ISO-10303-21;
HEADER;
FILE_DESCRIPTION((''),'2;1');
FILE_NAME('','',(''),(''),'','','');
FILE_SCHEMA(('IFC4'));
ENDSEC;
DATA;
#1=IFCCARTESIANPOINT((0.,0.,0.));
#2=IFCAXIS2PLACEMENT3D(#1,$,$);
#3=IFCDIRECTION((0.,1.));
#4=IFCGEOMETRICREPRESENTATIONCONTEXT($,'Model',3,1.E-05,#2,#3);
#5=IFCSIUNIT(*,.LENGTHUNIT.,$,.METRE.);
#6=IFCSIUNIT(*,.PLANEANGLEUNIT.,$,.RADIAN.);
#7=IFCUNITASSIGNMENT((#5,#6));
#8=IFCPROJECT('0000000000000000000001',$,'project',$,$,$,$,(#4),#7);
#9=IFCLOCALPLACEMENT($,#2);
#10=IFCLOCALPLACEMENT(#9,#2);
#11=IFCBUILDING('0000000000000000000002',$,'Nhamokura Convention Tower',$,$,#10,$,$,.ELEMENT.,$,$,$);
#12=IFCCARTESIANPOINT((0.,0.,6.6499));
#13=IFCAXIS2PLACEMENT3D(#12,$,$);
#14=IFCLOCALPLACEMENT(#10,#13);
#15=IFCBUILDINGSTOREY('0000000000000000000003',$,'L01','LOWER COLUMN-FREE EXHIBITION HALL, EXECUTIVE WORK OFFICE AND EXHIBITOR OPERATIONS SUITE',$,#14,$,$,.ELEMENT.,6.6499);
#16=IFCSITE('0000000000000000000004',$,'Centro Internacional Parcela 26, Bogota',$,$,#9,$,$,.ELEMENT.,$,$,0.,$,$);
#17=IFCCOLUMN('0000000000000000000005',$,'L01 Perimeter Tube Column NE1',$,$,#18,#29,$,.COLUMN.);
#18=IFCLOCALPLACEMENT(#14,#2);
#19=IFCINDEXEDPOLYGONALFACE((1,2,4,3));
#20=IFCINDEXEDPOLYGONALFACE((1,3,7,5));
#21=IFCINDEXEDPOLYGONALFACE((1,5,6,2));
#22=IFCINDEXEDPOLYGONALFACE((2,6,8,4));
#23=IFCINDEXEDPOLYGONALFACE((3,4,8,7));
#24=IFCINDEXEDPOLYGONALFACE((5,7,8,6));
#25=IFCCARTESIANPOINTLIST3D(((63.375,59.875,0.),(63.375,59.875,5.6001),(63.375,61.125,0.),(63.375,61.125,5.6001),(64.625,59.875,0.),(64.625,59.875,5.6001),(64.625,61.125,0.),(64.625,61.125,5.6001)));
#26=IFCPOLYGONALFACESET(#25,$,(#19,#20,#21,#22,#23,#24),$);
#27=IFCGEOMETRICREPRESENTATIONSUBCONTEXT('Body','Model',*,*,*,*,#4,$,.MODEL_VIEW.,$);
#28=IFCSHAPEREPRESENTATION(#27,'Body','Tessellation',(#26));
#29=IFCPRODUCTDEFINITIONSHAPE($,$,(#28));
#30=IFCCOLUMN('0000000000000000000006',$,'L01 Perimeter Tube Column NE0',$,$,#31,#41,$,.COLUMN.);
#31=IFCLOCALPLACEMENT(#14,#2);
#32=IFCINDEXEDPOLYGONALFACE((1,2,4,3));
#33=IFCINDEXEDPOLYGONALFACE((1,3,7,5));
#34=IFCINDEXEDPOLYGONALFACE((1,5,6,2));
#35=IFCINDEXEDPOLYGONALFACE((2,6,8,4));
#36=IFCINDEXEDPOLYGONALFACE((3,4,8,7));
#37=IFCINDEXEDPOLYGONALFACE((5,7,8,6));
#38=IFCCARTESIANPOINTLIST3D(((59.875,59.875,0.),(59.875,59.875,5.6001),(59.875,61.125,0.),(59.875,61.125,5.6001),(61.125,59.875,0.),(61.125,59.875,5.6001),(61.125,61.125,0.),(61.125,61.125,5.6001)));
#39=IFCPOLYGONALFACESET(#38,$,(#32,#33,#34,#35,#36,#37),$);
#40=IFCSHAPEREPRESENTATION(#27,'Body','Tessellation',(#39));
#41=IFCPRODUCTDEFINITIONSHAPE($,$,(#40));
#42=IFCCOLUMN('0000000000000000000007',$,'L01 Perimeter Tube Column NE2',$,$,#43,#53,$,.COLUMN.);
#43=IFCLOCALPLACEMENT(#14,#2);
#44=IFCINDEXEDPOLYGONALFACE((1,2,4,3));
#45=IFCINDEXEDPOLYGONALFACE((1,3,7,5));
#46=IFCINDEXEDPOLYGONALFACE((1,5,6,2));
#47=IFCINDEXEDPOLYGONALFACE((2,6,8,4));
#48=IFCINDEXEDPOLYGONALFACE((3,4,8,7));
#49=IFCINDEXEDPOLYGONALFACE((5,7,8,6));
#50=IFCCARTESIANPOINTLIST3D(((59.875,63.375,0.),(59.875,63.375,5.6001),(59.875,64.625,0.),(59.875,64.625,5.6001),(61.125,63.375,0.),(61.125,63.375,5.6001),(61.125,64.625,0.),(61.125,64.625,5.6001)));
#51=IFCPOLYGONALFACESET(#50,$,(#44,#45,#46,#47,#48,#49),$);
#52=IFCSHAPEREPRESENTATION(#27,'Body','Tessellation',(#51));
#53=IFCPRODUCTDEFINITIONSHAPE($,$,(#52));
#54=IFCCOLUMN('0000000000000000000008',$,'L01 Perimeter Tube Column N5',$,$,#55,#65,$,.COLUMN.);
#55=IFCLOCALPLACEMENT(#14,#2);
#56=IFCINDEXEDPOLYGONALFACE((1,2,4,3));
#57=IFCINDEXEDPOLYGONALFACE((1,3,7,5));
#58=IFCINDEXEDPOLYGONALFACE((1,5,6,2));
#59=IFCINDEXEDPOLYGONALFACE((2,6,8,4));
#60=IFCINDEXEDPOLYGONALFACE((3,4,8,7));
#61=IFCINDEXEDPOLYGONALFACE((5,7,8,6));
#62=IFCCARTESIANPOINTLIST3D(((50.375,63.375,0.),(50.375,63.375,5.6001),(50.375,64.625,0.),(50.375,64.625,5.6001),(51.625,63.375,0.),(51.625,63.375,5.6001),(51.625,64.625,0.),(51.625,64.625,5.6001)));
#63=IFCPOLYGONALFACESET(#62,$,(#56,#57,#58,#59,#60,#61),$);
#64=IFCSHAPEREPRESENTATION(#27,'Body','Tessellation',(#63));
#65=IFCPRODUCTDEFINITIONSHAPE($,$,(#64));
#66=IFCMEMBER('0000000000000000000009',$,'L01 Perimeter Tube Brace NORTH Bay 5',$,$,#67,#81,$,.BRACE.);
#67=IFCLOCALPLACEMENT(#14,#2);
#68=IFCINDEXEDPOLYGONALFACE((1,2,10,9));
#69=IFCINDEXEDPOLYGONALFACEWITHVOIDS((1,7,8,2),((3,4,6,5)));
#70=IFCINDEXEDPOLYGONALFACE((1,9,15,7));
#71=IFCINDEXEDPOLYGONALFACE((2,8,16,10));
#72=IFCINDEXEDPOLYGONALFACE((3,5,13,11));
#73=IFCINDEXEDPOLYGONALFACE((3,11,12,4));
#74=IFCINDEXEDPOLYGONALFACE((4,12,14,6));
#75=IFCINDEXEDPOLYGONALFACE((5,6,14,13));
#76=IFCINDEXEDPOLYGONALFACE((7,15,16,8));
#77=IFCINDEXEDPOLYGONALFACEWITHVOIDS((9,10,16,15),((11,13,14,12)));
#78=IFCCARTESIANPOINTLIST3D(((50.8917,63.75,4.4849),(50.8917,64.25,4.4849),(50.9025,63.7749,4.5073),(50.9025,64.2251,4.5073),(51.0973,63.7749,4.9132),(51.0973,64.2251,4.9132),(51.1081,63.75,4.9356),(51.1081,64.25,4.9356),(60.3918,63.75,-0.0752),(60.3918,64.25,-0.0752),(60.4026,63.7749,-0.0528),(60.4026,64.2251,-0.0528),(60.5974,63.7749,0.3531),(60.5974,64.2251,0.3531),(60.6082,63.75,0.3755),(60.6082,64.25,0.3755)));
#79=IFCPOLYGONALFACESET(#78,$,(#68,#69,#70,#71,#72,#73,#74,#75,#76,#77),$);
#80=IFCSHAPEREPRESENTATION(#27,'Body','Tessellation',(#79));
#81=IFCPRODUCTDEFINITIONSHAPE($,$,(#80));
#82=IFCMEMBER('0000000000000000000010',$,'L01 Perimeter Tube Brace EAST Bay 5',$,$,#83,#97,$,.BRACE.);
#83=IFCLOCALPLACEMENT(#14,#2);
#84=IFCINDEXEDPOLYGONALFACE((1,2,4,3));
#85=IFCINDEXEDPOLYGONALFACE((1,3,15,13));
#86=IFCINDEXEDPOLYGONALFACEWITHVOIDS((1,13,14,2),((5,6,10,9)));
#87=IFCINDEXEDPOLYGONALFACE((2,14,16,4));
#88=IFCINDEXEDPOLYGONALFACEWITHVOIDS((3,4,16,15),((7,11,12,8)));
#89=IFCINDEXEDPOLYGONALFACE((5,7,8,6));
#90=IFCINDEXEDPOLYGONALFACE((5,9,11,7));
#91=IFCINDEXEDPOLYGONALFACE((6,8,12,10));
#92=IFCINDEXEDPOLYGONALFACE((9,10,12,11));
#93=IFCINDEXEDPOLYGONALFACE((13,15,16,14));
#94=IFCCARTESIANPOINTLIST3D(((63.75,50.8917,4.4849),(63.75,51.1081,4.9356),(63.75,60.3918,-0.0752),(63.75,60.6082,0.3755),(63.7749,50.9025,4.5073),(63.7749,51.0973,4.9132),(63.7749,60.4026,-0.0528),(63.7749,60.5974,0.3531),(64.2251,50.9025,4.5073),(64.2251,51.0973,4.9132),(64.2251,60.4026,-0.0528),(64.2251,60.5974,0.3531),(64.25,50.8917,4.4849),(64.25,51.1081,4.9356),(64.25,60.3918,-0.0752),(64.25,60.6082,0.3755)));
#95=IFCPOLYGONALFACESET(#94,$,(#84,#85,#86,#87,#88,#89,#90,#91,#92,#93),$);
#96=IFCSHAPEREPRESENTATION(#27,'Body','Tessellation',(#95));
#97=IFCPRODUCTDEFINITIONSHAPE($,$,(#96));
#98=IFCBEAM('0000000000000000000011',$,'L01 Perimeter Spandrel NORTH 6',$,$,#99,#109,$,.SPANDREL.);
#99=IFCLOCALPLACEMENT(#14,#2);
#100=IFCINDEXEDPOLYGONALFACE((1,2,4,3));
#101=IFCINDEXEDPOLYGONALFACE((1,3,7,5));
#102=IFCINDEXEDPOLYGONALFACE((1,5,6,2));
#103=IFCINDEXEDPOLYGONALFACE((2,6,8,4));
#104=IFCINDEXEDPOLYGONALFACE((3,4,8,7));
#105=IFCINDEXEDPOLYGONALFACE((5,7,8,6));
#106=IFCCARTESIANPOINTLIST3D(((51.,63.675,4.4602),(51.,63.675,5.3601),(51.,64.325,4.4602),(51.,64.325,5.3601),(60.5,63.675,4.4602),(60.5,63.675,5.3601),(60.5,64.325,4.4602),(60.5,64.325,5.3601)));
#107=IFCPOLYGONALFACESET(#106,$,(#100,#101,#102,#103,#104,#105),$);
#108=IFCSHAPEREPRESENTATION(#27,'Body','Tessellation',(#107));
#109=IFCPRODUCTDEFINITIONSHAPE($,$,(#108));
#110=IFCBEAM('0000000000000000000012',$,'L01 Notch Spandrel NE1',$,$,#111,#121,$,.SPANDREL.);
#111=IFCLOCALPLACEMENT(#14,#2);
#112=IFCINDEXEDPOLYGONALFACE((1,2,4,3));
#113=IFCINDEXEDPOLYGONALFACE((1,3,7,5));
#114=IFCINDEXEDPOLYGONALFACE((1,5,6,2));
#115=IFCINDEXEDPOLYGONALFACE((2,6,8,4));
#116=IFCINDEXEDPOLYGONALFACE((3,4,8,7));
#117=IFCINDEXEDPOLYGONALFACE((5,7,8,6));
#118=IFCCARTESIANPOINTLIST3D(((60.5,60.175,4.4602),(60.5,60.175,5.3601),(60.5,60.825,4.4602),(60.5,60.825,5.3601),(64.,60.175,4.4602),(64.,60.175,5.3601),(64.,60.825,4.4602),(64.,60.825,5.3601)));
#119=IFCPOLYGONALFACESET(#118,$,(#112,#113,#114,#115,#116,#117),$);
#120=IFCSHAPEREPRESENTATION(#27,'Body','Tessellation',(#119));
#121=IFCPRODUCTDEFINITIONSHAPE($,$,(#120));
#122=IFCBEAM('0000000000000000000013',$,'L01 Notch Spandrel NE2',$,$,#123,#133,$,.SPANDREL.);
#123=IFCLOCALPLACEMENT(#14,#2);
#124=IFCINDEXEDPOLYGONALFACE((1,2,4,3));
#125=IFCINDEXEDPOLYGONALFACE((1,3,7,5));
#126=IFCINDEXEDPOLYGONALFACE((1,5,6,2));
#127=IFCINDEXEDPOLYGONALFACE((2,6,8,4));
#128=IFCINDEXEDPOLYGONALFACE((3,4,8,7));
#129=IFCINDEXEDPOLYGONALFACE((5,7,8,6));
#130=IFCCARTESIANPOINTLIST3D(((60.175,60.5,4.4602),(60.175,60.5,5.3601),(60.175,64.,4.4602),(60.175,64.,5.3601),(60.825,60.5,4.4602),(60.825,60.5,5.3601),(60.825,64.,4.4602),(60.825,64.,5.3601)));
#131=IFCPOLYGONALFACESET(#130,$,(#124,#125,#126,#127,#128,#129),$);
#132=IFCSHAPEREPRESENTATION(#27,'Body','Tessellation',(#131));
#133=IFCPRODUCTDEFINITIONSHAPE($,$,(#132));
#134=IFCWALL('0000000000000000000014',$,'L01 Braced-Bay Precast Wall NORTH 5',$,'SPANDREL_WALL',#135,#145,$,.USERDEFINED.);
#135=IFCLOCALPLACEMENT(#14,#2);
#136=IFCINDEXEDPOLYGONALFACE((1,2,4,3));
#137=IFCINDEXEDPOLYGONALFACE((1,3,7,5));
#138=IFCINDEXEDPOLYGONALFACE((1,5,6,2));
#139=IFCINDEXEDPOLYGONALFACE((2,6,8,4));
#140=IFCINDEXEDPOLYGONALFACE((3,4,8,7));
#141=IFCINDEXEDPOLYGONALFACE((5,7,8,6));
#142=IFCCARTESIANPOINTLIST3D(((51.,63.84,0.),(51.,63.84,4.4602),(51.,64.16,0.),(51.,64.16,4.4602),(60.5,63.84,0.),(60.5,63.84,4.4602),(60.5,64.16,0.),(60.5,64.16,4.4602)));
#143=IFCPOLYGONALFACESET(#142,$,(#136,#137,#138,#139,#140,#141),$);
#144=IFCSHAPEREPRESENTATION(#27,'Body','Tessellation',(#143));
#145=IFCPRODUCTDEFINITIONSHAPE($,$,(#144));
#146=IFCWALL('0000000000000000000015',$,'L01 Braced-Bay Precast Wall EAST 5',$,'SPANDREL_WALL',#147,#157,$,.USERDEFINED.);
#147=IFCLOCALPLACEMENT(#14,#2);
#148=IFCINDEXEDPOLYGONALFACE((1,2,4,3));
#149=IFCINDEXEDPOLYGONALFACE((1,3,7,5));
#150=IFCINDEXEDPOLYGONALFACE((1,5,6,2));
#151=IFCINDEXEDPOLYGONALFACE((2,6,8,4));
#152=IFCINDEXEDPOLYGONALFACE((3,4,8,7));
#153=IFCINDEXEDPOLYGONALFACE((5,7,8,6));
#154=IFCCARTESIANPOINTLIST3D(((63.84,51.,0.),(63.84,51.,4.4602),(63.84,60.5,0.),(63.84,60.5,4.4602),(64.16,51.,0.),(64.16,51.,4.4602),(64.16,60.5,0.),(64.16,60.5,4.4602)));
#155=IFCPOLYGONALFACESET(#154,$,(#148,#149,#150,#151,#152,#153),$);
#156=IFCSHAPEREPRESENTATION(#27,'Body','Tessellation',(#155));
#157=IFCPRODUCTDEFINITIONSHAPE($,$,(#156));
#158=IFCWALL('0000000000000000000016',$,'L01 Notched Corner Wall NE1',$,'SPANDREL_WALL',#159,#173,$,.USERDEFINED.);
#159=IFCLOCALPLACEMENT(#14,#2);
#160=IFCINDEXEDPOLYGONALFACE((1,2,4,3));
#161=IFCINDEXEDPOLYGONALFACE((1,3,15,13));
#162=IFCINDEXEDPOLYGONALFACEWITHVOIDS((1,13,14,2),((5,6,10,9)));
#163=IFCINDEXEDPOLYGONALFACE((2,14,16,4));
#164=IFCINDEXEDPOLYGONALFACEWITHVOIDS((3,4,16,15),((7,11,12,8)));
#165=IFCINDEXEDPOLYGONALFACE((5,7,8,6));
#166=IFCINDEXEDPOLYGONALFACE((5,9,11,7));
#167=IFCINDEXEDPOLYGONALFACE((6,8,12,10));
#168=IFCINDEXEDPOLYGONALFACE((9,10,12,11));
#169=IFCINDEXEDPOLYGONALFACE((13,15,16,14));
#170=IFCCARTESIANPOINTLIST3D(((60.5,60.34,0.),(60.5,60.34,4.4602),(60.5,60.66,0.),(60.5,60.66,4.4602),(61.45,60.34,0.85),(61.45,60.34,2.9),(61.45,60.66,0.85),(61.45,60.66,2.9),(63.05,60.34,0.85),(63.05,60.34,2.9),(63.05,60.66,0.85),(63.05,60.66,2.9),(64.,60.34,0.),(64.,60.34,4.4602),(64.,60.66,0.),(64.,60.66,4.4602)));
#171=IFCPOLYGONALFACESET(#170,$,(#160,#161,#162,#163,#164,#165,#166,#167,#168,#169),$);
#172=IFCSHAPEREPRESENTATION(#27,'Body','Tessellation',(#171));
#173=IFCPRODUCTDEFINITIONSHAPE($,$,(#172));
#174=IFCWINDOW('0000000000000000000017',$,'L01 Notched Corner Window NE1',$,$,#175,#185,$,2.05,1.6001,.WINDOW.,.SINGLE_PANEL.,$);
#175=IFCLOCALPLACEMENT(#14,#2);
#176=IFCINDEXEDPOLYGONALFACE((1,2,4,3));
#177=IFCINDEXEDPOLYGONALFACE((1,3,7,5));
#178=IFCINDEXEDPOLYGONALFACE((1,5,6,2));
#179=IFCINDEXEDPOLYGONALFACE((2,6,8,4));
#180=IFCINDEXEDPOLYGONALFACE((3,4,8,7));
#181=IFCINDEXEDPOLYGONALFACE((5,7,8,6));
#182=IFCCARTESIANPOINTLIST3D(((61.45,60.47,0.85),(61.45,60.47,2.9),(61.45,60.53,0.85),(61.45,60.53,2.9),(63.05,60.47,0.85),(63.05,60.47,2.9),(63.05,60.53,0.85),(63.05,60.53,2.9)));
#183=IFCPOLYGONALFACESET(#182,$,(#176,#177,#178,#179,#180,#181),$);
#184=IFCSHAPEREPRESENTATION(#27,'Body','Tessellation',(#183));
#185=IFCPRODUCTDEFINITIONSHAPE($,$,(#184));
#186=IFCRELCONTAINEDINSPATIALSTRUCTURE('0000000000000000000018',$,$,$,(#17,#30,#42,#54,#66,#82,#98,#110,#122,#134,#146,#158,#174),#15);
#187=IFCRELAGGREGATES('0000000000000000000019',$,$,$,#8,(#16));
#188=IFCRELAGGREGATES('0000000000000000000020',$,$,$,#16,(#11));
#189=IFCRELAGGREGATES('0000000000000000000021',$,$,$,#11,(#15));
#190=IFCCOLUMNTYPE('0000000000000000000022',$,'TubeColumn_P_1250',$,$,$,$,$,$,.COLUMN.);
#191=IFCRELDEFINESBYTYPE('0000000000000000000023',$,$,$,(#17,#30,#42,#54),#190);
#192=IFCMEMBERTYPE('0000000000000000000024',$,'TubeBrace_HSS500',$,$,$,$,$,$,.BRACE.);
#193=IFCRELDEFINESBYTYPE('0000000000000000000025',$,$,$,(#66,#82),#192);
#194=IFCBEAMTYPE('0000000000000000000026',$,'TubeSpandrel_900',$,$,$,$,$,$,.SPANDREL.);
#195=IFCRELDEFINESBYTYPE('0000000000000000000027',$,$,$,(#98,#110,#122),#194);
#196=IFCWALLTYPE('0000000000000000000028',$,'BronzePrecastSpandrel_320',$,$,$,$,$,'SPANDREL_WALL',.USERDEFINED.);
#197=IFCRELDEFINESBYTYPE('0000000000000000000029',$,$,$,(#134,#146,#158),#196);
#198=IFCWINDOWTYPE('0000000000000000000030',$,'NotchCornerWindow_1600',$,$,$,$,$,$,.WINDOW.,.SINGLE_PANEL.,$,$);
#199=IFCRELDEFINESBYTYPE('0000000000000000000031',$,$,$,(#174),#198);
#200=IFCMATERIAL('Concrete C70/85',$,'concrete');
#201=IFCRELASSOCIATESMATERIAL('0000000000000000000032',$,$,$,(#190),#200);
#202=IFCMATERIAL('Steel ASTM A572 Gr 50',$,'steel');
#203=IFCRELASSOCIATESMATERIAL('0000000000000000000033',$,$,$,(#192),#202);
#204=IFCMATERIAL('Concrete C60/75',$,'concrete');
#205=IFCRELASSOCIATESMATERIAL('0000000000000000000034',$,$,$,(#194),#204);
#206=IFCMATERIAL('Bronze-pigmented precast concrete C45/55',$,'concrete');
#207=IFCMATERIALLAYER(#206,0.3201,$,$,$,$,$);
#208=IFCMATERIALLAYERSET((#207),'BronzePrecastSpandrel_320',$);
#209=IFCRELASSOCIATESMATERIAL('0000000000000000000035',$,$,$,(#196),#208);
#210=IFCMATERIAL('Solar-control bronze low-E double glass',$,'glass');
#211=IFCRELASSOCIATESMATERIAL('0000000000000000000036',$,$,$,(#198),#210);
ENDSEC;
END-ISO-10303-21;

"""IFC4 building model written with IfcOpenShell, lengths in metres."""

from ifc_helpers import new_model, si_unit, direction, frame, frame_2d, origin, origin_2d, place, context, subcontext, project, spatial, rectangle, hollow_rectangle, extrude, material, layer, layer_set, material_profile, profile_set, type_object, element, fill, save


model = new_model("IFC4")

# Units and contexts
model_context = context("Model", 3, precision=1e-05, world=origin(), true_north=direction((0.0, 1.0)))
body_context = subcontext(model_context, "Body", "Model", "MODEL_VIEW")
ifc_project = project(units=[si_unit("LENGTHUNIT", "METRE"), si_unit("PLANEANGLEUNIT", "RADIAN")], contexts=[model_context])

# Site, building, storey
site_placement = place(None, origin())
site = spatial("IfcSite", under=ifc_project, at=site_placement, Name="Centro Internacional Parcela 26, Bogota", CompositionType="ELEMENT", RefElevation=0.0)
building_placement = place(site_placement, origin())
building = spatial("IfcBuilding", under=site, at=building_placement, Name="Nhamokura Convention Tower", CompositionType="ELEMENT")
storey_placement = place(building_placement, frame((0.0, 0.0, 6.6499)))
storey = spatial("IfcBuildingStorey", under=building, at=storey_placement, Name="L01", Description="LOWER COLUMN-FREE EXHIBITION HALL, EXECUTIVE WORK OFFICE AND EXHIBITOR OPERATIONS SUITE", CompositionType="ELEMENT", Elevation=6.6499)

# Columns
ifc_material_1 = material(Name="Concrete C70/85", Category="concrete")
ifc_material_profile_1 = material_profile(ifc_material_1, rectangle(XDim=1.25, YDim=1.25, at=origin_2d()))
ifc_profile_set_1 = profile_set([ifc_material_profile_1], Name="Concrete C70/85")
column_type = type_object("IfcColumnType", Name="TubeColumn_P_1250", PredefinedType="COLUMN", material=ifc_profile_set_1)
for number, where, z_axis, x_axis, name in (
    (1, (64.0, 60.5, 0.0), (0.0, 0.0, 1.0), (1.0, 0.0, 0.0), "L01 Perimeter Tube Column NE1"),
    (2, (60.5, 60.5, 0.0), (0.0, 0.0, 1.0), (1.0, 0.0, 0.0), "L01 Perimeter Tube Column NE0"),
    (3, (60.5, 64.0, 0.0), (0.0, 0.0, 1.0), (1.0, 0.0, 0.0), "L01 Perimeter Tube Column NE2"),
    (4, (51.0, 64.0, 0.0), (0.0, 0.0, 1.0), (1.0, 0.0, 0.0), "L01 Perimeter Tube Column N5"),
):
    element("IfcColumn", number, at=place(storey_placement, frame(where, z_axis=z_axis, x_axis=x_axis)), inside=storey, type_object=column_type, Name=name, PredefinedType="COLUMN", context=body_context, shape_type="SweptSolid", body=[
        extrude(rectangle(XDim=1.25, YDim=1.25, at=origin_2d()), origin(), (0.0, 0.0, 1.0), 5.6001),
    ])

# Members
ifc_material_2 = material(Name="Steel ASTM A572 Gr 50", Category="steel")
ifc_material_profile_2 = material_profile(ifc_material_2, hollow_rectangle(XDim=0.5, YDim=0.5, WallThickness=0.0249, at=origin_2d()))
ifc_profile_set_2 = profile_set([ifc_material_profile_2], Name="Steel ASTM A572 Gr 50")
member_type = type_object("IfcMemberType", Name="TubeBrace_HSS500", PredefinedType="BRACE", material=ifc_profile_set_2)
for number, where, z_axis, x_axis, name in (
    (5, (60.5, 64.0, 0.1501), (-0.901521, 0.0, 0.432736), (0.0, -1.0, 0.0), "L01 Perimeter Tube Brace NORTH Bay 5"),
    (6, (64.0, 60.5, 0.1501), (0.0, -0.901521, 0.432736), (1.0, 0.0, 0.0), "L01 Perimeter Tube Brace EAST Bay 5"),
):
    element("IfcMember", number, at=place(storey_placement, frame(where, z_axis=z_axis, x_axis=x_axis)), inside=storey, type_object=member_type, Name=name, PredefinedType="BRACE", context=body_context, shape_type="SweptSolid", body=[
        extrude(hollow_rectangle(XDim=0.5, YDim=0.5, WallThickness=0.0249, at=origin_2d()), origin(), (0.0, 0.0, 1.0), 10.5378),
    ])

# Beams
ifc_material_3 = material(Name="Concrete C60/75", Category="concrete")
ifc_material_profile_3 = material_profile(ifc_material_3, rectangle(XDim=0.6499, YDim=0.8999, at=origin_2d()))
ifc_profile_set_3 = profile_set([ifc_material_profile_3], Name="Concrete C60/75")
beam_type = type_object("IfcBeamType", Name="TubeSpandrel_900", PredefinedType="SPANDREL", material=ifc_profile_set_3)
beam_placement = place(storey_placement, frame((51.0, 64.0, 4.9102), z_axis=(1.0, 0.0, 0.0), x_axis=(0.0, 1.0, 0.0)))
element("IfcBeam", 7, at=beam_placement, inside=storey, type_object=beam_type, Name="L01 Perimeter Spandrel NORTH 6", PredefinedType="SPANDREL", context=body_context, shape_type="SweptSolid", body=[
    extrude(rectangle(XDim=0.6499, YDim=0.8999, at=origin_2d()), origin(), (0.0, 0.0, 1.0), 9.5),
])
for number, where, z_axis, x_axis, name in (
    (8, (64.0, 60.5, 4.9102), (-1.0, 0.0, 0.0), (0.0, -1.0, 0.0), "L01 Notch Spandrel NE1"),
    (9, (60.5, 60.5, 4.9102), (0.0, 1.0, 0.0), (-1.0, 0.0, 0.0), "L01 Notch Spandrel NE2"),
):
    element("IfcBeam", number, at=place(storey_placement, frame(where, z_axis=z_axis, x_axis=x_axis)), inside=storey, type_object=beam_type, Name=name, PredefinedType="SPANDREL", context=body_context, shape_type="SweptSolid", body=[
        extrude(rectangle(XDim=0.6499, YDim=0.8999, at=origin_2d()), origin(), (0.0, 0.0, 1.0), 3.5),
    ])

# Walls
ifc_material_4 = material(Name="Bronze-pigmented precast concrete C45/55", Category="concrete")
ifc_layer_1 = layer(ifc_material_4, 0.3201)
ifc_layer_set_1 = layer_set([ifc_layer_1], Name="BronzePrecastSpandrel_320")
wall_type_1 = type_object("IfcWallType", Name="BronzePrecastSpandrel_320", ElementType="SPANDREL_WALL", PredefinedType="USERDEFINED", material=ifc_layer_set_1)
for number, where, z_axis, x_axis, name in (
    (10, (51.0, 64.0, 0.0), (0.0, 0.0, 1.0), (1.0, 0.0, 0.0), "L01 Braced-Bay Precast Wall NORTH 5"),
    (11, (64.0, 60.5, 0.0), (0.0, 0.0, 1.0), (0.0, -1.0, 0.0), "L01 Braced-Bay Precast Wall EAST 5"),
):
    element("IfcWall", number, at=place(storey_placement, frame(where, z_axis=z_axis, x_axis=x_axis)), inside=storey, type_object=wall_type_1, Name=name, ObjectType="SPANDREL_WALL", PredefinedType="USERDEFINED", context=body_context, shape_type="SweptSolid", body=[
        extrude(rectangle(XDim=9.5, YDim=0.3201, at=frame_2d((4.75, 0.0))), origin(), (0.0, 0.0, 1.0), 4.4602),
    ])

# Wall, opening, window
wall_1_placement = place(storey_placement, frame((60.5, 60.5, 0.0), z_axis=(0.0, 0.0, 1.0), x_axis=(1.0, 0.0, 0.0)))
wall_1 = element("IfcWall", 12, at=wall_1_placement, inside=storey, type_object=wall_type_1, Name="L01 Notched Corner Wall NE1", ObjectType="SPANDREL_WALL", PredefinedType="USERDEFINED", context=body_context, shape_type="SweptSolid", body=[
    extrude(rectangle(XDim=3.5, YDim=0.3201, at=frame_2d((1.75, 0.0))), origin(), (0.0, 0.0, 1.0), 4.4602),
])
opening_1_placement = place(wall_1_placement, frame((0.95, 0.0, 0.8501)))
opening_1 = element("IfcOpeningElement", 13, at=opening_1_placement, cuts=wall_1, PredefinedType="OPENING", context=body_context, shape_type="SweptSolid", body=[
    extrude(rectangle(XDim=1.6001, YDim=2.05, at=frame_2d((0.8, 1.0249))), frame((0.0, 0.1699, 0.0), z_axis=(0.0, -1.0, 0.0), x_axis=(1.0, 0.0, 0.0)), (0.0, 0.0, 1.0), 0.3401),
])
ifc_material_5 = material(Name="Solar-control bronze low-E double glass", Category="glass")
window_type = type_object("IfcWindowType", Name="NotchCornerWindow_1600", PartitioningType="SINGLE_PANEL", PredefinedType="WINDOW", material=ifc_material_5)
window_1_placement = place(opening_1_placement, origin())
window_1 = element("IfcWindow", 14, at=window_1_placement, inside=storey, type_object=window_type, Name="L01 Notched Corner Window NE1", OverallHeight=2.05, OverallWidth=1.6001, PartitioningType="SINGLE_PANEL", PredefinedType="WINDOW", context=body_context, shape_type="SweptSolid", body=[
    extrude(rectangle(XDim=1.6001, YDim=2.05, at=frame_2d((0.8, 1.0249))), frame((0.0, 0.03, 0.0), z_axis=(0.0, -1.0, 0.0), x_axis=(1.0, 0.0, 0.0)), (0.0, 0.0, 1.0), 0.0601),
])
fill(opening_1, window_1)

save(model, "model.ifc")
